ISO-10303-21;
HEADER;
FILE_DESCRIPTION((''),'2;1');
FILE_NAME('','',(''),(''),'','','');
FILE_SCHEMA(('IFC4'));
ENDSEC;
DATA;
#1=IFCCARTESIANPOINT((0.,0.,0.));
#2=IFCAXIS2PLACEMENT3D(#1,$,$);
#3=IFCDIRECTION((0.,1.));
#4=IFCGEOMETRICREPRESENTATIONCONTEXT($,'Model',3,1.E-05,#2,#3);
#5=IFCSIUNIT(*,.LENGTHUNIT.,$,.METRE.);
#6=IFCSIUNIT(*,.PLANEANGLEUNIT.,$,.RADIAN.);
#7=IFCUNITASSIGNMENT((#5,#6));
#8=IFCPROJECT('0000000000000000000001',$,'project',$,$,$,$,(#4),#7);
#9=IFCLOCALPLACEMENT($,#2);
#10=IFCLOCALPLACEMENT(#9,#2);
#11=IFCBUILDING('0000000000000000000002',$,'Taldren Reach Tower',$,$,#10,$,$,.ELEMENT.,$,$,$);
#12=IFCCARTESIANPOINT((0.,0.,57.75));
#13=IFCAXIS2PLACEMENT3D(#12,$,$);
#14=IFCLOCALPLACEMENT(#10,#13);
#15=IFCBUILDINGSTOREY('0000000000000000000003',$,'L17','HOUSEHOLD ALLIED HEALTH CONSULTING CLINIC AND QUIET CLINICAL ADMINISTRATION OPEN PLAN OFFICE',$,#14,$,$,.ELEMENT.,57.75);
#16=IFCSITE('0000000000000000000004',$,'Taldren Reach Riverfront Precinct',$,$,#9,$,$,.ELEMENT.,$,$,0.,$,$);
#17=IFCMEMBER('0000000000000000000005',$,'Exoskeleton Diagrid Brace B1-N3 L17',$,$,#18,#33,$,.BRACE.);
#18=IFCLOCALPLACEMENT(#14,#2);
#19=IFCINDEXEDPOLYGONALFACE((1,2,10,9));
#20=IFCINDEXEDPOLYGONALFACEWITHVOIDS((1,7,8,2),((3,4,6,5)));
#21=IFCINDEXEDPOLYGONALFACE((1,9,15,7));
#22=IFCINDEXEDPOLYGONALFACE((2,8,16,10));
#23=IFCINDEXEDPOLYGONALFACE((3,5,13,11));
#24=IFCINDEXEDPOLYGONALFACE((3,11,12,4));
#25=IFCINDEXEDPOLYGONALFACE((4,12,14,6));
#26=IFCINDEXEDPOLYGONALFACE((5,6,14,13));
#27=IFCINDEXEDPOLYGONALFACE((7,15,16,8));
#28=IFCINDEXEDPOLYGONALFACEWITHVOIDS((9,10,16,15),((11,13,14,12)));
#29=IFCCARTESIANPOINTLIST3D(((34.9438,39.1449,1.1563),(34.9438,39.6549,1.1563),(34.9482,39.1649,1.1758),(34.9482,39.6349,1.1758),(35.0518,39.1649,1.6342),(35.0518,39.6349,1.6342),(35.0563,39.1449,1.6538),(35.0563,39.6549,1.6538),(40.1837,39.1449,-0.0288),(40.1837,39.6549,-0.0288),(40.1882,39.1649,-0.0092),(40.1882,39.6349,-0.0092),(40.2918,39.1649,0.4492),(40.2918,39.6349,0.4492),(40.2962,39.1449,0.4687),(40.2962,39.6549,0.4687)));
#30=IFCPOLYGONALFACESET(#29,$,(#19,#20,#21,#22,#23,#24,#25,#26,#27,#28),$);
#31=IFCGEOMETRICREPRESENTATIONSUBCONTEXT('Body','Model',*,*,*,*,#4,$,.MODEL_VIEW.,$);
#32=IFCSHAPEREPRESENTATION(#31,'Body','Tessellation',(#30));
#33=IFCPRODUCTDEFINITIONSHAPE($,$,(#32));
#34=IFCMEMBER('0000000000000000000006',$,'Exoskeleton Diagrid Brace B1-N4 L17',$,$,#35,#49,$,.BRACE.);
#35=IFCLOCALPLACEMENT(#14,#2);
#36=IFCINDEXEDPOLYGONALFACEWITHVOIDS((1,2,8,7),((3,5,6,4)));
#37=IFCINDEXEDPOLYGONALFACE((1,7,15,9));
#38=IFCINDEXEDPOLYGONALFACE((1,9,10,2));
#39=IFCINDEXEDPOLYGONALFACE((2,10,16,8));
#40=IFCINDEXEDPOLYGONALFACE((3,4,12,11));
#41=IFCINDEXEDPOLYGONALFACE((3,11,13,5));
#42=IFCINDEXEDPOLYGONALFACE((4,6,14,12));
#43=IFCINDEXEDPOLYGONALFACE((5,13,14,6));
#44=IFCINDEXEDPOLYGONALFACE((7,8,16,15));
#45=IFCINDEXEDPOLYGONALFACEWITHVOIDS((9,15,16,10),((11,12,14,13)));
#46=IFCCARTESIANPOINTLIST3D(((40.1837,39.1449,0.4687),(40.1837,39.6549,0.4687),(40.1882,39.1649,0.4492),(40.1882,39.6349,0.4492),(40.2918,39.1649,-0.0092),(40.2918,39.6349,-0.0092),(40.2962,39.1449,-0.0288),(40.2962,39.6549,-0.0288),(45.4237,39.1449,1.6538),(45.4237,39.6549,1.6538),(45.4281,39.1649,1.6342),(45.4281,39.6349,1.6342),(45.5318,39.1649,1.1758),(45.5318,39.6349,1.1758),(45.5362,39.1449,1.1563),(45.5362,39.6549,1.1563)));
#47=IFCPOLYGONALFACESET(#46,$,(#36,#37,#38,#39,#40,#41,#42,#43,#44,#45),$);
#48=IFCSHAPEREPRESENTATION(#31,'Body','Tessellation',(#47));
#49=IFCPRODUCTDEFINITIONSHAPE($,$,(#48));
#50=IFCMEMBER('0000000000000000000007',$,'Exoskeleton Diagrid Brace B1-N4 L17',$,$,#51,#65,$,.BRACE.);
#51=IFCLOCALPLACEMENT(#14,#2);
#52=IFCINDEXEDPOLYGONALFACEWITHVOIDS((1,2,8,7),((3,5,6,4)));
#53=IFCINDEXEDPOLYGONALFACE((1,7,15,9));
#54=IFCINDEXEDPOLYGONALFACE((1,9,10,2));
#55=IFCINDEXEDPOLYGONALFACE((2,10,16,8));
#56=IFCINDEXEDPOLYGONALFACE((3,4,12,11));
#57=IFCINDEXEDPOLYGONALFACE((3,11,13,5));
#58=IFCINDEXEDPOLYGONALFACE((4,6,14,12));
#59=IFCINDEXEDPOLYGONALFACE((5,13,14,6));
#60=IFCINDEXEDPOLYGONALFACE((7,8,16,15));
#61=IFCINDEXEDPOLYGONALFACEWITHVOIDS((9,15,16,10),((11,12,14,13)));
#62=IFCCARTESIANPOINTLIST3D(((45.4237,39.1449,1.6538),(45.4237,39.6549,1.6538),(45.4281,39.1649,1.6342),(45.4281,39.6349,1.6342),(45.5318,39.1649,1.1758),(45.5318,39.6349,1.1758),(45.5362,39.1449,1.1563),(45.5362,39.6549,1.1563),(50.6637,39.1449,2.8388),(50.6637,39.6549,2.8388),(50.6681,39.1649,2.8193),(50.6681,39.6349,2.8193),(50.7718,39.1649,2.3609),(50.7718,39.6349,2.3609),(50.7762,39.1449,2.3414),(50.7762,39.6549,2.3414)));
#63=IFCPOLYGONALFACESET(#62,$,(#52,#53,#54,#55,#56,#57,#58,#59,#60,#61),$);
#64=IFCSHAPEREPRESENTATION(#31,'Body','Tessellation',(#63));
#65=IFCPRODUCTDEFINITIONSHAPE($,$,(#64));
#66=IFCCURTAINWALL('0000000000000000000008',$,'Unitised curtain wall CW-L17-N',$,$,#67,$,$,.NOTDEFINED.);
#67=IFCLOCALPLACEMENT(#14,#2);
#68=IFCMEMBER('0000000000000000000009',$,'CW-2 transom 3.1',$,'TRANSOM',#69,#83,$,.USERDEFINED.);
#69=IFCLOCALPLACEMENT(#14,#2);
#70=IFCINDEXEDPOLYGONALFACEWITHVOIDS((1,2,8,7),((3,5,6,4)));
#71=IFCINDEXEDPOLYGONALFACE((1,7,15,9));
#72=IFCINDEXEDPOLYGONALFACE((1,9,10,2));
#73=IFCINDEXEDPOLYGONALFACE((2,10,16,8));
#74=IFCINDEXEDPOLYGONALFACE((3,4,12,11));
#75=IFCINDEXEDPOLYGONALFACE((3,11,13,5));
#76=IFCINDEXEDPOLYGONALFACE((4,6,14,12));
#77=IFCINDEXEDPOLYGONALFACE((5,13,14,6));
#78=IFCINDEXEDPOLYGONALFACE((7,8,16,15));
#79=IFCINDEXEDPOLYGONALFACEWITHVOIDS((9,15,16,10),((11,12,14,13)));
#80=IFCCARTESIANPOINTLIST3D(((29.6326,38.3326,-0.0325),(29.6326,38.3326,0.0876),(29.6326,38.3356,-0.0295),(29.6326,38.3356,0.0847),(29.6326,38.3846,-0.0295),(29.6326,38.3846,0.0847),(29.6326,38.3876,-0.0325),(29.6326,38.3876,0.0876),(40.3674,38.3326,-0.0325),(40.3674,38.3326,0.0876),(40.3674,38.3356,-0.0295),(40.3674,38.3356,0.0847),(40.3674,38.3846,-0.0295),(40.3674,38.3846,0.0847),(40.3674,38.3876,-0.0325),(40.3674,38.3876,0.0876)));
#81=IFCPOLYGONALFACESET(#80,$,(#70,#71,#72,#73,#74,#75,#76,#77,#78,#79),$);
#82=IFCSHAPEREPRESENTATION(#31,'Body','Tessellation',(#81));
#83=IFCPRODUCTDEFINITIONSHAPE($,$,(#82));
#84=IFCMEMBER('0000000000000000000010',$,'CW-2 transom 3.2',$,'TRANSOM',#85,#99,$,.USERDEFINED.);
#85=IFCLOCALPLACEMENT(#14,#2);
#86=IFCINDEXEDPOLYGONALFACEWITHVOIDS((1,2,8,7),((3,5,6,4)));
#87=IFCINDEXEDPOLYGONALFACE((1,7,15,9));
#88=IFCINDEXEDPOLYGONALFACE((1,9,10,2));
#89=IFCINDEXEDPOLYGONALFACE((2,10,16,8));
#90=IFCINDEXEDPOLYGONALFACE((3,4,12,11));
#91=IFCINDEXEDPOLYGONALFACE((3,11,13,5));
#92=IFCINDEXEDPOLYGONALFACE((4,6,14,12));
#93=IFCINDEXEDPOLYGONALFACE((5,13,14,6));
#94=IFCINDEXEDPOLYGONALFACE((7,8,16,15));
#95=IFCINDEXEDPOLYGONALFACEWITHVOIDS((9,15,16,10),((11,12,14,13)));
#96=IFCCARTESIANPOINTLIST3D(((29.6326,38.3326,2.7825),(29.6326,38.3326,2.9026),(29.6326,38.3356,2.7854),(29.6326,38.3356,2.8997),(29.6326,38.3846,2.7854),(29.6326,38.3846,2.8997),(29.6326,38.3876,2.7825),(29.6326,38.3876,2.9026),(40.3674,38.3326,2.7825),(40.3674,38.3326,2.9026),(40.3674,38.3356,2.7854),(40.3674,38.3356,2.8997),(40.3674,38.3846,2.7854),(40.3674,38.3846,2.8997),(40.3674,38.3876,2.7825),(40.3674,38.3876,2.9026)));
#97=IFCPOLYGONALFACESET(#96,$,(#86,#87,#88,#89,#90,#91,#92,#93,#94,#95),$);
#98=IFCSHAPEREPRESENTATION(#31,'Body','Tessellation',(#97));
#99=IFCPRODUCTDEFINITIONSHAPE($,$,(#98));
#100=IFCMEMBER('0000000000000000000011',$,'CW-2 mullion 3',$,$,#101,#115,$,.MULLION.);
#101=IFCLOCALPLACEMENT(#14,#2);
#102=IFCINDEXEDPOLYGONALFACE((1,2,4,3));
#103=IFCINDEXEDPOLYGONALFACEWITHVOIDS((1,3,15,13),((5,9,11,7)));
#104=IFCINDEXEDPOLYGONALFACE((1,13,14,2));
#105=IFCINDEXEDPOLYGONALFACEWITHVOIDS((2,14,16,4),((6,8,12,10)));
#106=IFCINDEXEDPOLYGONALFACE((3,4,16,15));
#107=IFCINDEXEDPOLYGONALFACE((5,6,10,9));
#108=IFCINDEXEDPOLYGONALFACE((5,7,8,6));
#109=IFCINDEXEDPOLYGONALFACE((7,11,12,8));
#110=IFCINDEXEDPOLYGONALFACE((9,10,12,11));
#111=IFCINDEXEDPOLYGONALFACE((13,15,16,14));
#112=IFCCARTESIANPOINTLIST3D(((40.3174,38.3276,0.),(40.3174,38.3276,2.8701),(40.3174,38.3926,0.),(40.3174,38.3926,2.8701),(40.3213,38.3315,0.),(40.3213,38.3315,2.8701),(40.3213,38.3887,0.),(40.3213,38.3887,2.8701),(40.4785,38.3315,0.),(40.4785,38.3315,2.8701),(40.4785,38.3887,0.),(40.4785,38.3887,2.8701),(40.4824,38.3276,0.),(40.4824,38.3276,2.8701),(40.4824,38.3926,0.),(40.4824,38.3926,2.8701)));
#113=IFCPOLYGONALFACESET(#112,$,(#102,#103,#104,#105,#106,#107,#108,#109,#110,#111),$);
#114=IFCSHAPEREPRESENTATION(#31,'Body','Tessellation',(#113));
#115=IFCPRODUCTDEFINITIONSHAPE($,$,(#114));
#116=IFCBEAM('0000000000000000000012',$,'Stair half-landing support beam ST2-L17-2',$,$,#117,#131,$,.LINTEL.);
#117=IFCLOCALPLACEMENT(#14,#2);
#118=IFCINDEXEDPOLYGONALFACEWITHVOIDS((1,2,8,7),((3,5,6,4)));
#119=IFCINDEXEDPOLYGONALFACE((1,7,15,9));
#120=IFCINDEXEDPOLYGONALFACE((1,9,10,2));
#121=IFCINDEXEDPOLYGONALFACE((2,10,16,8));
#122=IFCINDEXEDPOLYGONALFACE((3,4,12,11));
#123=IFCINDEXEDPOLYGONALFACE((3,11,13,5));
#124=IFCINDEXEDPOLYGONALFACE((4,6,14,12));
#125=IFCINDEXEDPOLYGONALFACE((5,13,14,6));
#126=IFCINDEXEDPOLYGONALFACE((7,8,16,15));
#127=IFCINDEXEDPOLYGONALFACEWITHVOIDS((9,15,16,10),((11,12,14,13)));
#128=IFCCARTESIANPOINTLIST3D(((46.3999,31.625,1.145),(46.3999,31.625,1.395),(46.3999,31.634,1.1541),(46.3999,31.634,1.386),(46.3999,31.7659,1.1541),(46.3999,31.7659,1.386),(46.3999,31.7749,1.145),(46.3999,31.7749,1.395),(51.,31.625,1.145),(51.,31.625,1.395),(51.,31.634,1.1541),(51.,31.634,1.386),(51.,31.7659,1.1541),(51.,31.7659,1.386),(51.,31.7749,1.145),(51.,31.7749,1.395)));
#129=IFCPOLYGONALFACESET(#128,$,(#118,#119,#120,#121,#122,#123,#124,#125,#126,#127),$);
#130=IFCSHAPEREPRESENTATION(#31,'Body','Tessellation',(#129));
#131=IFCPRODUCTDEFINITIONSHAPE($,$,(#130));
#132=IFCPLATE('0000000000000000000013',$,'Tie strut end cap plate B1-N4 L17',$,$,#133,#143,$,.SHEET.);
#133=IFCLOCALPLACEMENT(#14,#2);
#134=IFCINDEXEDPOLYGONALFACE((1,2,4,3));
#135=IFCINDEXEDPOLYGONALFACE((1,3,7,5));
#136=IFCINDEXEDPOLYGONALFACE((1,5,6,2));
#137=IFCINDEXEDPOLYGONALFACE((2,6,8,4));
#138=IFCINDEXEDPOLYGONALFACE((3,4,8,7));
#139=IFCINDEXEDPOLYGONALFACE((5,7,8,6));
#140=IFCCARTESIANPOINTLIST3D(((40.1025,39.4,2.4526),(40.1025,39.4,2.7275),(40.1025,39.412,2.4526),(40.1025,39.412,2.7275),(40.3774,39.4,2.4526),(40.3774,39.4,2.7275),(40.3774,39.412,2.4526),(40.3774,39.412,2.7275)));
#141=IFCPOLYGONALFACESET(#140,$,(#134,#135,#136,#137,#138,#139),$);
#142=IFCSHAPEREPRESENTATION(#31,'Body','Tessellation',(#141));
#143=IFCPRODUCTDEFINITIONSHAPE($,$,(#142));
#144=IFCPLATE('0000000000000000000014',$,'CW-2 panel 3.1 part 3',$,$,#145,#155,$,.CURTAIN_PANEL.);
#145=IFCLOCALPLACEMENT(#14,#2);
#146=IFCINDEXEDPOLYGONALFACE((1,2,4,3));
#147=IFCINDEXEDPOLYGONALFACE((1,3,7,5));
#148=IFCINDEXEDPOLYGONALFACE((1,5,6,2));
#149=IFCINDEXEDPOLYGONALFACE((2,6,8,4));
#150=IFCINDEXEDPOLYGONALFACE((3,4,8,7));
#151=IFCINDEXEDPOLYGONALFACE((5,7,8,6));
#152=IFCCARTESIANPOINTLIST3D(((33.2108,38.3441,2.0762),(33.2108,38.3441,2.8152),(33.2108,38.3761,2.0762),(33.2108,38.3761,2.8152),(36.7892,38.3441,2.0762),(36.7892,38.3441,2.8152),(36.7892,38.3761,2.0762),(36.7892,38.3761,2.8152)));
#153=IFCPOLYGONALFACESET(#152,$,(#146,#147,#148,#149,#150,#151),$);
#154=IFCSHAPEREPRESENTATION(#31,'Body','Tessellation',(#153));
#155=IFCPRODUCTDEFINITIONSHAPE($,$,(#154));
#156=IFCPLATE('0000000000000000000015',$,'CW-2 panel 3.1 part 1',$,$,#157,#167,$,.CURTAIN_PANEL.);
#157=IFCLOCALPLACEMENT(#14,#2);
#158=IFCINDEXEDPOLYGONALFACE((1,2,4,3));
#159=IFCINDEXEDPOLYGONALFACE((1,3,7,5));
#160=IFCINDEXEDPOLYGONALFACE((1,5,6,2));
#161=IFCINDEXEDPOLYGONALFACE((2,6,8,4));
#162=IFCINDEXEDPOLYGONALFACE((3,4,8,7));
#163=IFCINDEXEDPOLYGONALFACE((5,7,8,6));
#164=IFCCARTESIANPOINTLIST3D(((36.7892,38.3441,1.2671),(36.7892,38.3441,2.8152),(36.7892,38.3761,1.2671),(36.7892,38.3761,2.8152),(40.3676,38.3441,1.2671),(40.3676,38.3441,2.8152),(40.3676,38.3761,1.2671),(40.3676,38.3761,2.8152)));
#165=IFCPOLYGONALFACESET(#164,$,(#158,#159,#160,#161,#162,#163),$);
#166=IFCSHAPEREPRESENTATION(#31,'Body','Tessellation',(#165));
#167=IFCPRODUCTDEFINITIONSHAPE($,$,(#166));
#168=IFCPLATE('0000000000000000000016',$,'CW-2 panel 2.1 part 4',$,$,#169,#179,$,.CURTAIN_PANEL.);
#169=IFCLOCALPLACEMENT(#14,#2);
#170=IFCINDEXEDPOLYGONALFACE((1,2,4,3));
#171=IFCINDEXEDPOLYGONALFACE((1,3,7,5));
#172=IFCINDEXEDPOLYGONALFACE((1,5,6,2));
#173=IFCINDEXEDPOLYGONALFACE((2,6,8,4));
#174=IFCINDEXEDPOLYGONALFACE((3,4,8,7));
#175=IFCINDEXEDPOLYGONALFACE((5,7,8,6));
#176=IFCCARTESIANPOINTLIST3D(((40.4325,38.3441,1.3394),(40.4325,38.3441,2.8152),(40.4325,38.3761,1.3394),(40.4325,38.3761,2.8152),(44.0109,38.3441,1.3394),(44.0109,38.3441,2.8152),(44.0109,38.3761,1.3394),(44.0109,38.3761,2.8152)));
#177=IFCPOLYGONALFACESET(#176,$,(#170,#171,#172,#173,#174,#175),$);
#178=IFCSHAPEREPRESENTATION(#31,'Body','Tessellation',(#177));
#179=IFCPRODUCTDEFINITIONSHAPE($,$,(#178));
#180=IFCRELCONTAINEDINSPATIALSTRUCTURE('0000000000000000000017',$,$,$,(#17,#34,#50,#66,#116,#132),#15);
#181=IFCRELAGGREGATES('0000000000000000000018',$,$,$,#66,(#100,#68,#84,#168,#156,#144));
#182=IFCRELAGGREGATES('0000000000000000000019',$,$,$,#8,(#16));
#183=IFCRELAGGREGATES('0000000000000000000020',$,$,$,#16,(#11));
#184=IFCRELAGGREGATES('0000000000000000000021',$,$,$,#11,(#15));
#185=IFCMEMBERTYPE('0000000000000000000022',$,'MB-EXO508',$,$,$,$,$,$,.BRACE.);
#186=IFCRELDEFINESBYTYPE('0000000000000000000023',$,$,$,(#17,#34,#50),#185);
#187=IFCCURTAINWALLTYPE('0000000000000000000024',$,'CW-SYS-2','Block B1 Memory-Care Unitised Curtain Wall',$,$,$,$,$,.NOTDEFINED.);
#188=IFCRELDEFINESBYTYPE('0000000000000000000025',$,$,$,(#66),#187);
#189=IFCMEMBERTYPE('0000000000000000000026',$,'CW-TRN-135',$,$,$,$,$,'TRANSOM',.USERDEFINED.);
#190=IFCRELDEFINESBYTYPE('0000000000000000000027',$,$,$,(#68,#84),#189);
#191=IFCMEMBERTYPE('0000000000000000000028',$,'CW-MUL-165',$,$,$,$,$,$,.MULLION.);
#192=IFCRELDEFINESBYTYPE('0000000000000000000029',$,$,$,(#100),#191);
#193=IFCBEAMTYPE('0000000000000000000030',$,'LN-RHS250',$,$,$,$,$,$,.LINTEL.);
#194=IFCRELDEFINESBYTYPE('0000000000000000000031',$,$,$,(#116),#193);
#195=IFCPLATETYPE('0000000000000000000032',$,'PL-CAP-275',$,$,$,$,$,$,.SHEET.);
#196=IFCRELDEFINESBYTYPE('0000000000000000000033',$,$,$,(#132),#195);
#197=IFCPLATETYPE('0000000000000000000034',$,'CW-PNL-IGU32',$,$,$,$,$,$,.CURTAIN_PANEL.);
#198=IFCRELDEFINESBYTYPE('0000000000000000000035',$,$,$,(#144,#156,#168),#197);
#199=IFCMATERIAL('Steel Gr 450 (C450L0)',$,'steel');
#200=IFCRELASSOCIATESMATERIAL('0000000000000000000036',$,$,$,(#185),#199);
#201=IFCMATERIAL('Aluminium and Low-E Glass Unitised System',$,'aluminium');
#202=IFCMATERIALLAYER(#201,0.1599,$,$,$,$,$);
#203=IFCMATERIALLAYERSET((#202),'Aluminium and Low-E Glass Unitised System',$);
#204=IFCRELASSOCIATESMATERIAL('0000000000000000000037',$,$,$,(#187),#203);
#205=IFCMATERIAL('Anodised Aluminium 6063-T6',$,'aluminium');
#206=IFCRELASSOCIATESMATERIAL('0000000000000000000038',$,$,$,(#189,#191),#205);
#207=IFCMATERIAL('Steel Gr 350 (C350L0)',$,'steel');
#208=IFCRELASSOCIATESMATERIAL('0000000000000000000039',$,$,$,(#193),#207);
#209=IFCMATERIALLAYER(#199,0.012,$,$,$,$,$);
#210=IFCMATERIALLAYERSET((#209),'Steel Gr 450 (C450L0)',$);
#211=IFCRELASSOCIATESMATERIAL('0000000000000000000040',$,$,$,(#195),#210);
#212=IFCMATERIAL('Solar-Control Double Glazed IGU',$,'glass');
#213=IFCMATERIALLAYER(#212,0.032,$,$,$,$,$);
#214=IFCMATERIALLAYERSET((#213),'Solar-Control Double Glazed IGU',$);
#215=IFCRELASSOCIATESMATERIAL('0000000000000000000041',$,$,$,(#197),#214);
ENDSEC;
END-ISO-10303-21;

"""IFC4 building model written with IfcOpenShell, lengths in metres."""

from ifc_helpers import new_model, si_unit, direction, frame, origin, origin_2d, place, context, subcontext, project, spatial, rectangle, hollow_rectangle, extrude, source, transform, mapped, material, layer, layer_set, material_profile, profile_set, type_object, element, aggregate, save


model = new_model("IFC4")

# Units and contexts
model_context = context("Model", 3, precision=1e-05, world=origin(), true_north=direction((0.0, 1.0)))
body_context = subcontext(model_context, "Body", "Model", "MODEL_VIEW")
ifc_project = project(units=[si_unit("LENGTHUNIT", "METRE"), si_unit("PLANEANGLEUNIT", "RADIAN")], contexts=[model_context])

# Site, building, storey
site_placement = place(None, origin())
site = spatial("IfcSite", under=ifc_project, at=site_placement, Name="Taldren Reach Riverfront Precinct", CompositionType="ELEMENT", RefElevation=0.0)
building_placement = place(site_placement, origin())
building = spatial("IfcBuilding", under=site, at=building_placement, Name="Taldren Reach Tower", CompositionType="ELEMENT")
storey_placement = place(building_placement, frame((0.0, 0.0, 57.75)))
storey = spatial("IfcBuildingStorey", under=building, at=storey_placement, Name="L17", Description="HOUSEHOLD ALLIED HEALTH CONSULTING CLINIC AND QUIET CLINICAL ADMINISTRATION OPEN PLAN OFFICE", CompositionType="ELEMENT", Elevation=57.75)

# Members
ifc_material_1 = material(Name="Steel Gr 450 (C450L0)", Category="steel")
ifc_material_2 = material(Name="Steel Gr 350 (C350L0)", Category="steel")
ifc_material_profile_1 = material_profile(ifc_material_1, hollow_rectangle(XDim=0.51, YDim=0.51, WallThickness=0.02, at=origin_2d()), Name="510x510x20.0SHS")
ifc_profile_set_1 = profile_set([ifc_material_profile_1], Name="Steel Gr 450 (C450L0)")
member_type_1 = type_object("IfcMemberType", Name="MB-EXO508", PredefinedType="BRACE", material=ifc_profile_set_1)
shared_shape_1 = source(origin(), body_context, "Body", "SweptSolid", [
    extrude(hollow_rectangle(XDim=0.51, YDim=0.51, WallThickness=0.02, at=origin_2d()), origin(), (0.0, 0.0, 1.0), 5.3723),
])
for number, where, z_axis, x_axis, name in (
    (1, (40.24, 39.3999, 0.22), (-0.975368, 0.0, 0.220586), (0.0, -1.0, 0.0), "Exoskeleton Diagrid Brace B1-N3 L17"),
    (2, (40.24, 39.3999, 0.22), (0.975368, 0.0, 0.220586), (0.0, 1.0, 0.0), "Exoskeleton Diagrid Brace B1-N4 L17"),
    (3, (45.48, 39.3999, 1.405), (0.975368, 0.0, 0.220586), (0.0, 1.0, 0.0), "Exoskeleton Diagrid Brace B1-N4 L17"),
):
    element("IfcMember", number, at=place(storey_placement, frame(where, z_axis=z_axis, x_axis=x_axis)), inside=storey, type_object=member_type_1, Name=name, PredefinedType="BRACE", context=body_context, shape_type="MappedRepresentation", body=[
        mapped(shared_shape_1, transform((0.0, 0.0, 0.0), scale=1.0)),
    ])

# Curtain wall, members
ifc_material_3 = material(Name="Aluminium and Low-E Glass Unitised System", Category="aluminium")
ifc_layer_1 = layer(ifc_material_3, 0.1599)
ifc_layer_set_1 = layer_set([ifc_layer_1], Name="Aluminium and Low-E Glass Unitised System")
curtain_wall_type = type_object("IfcCurtainWallType", Name="CW-SYS-2", Description="Block B1 Memory-Care Unitised Curtain Wall", PredefinedType="NOTDEFINED", material=ifc_layer_set_1)
curtain_wall_placement = place(storey_placement, origin())
curtain_wall = element("IfcCurtainWall", 4, at=curtain_wall_placement, inside=storey, type_object=curtain_wall_type, Name="Unitised curtain wall CW-L17-N", PredefinedType="NOTDEFINED")
ifc_material_4 = material(Name="Anodised Aluminium 6063-T6", Category="aluminium")
ifc_material_profile_2 = material_profile(ifc_material_4, hollow_rectangle(XDim=0.0549, YDim=0.1201, WallThickness=0.0029, at=origin_2d()), Name="ALU-120x55x3RHS")
ifc_profile_set_2 = profile_set([ifc_material_profile_2], Name="Anodised Aluminium 6063-T6")
member_type_2 = type_object("IfcMemberType", Name="CW-TRN-135", ElementType="TRANSOM", PredefinedType="USERDEFINED", material=ifc_profile_set_2)
shared_shape_2 = source(origin(), body_context, "Body", "SweptSolid", [
    extrude(hollow_rectangle(XDim=0.0549, YDim=0.1201, WallThickness=0.0029, at=origin_2d()), origin(), (0.0, 0.0, 1.0), 10.7349),
])
member_1_placement = place(storey_placement, frame((40.3674, 38.3601, 0.0276), z_axis=(-1.0, 0.0, 0.0), x_axis=(0.0, -1.0, 0.0)))
member_1 = element("IfcMember", 5, at=member_1_placement, type_object=member_type_2, Name="CW-2 transom 3.1", ObjectType="TRANSOM", PredefinedType="USERDEFINED", context=body_context, shape_type="MappedRepresentation", body=[
    mapped(shared_shape_2, transform((0.0, 0.0, 0.0), scale=1.0)),
])
member_2_placement = place(storey_placement, frame((40.3674, 38.3601, 2.8425), z_axis=(-1.0, 0.0, 0.0), x_axis=(0.0, -1.0, 0.0)))
member_2 = element("IfcMember", 6, at=member_2_placement, type_object=member_type_2, Name="CW-2 transom 3.2", ObjectType="TRANSOM", PredefinedType="USERDEFINED", context=body_context, shape_type="MappedRepresentation", body=[
    mapped(shared_shape_2, transform((0.0, 0.0, 0.0), scale=1.0)),
])
ifc_material_profile_3 = material_profile(ifc_material_4, hollow_rectangle(XDim=0.0649, YDim=0.165, WallThickness=0.0039, at=origin_2d()), Name="ALU-165x65x4RHS")
ifc_profile_set_3 = profile_set([ifc_material_profile_3], Name="Anodised Aluminium 6063-T6")
member_type_3 = type_object("IfcMemberType", Name="CW-MUL-165", PredefinedType="MULLION", material=ifc_profile_set_3)
shared_shape_3 = source(origin(), body_context, "Body", "SweptSolid", [
    extrude(hollow_rectangle(XDim=0.0649, YDim=0.165, WallThickness=0.0039, at=origin_2d()), origin(), (0.0, 0.0, 1.0), 2.8701),
])
member_3_placement = place(storey_placement, frame((40.3999, 38.3601, 0.0), z_axis=(0.0, 0.0, 1.0), x_axis=(0.0, -1.0, 0.0)))
member_3 = element("IfcMember", 7, at=member_3_placement, type_object=member_type_3, Name="CW-2 mullion 3", PredefinedType="MULLION", context=body_context, shape_type="MappedRepresentation", body=[
    mapped(shared_shape_3, transform((0.0, 0.0, 0.0), scale=1.0)),
])

# Beam
ifc_material_profile_4 = material_profile(ifc_material_2, hollow_rectangle(XDim=0.1499, YDim=0.25, WallThickness=0.009, at=origin_2d()), Name="250x150x9.0RHS")
ifc_profile_set_4 = profile_set([ifc_material_profile_4], Name="Steel Gr 350 (C350L0)")
beam_type_1 = type_object("IfcBeamType", Name="LN-RHS250", PredefinedType="LINTEL", material=ifc_profile_set_4)
shared_shape_4 = source(origin(), body_context, "Body", "SweptSolid", [
    extrude(hollow_rectangle(XDim=0.1499, YDim=0.25, WallThickness=0.009, at=origin_2d()), origin(), (0.0, 0.0, 1.0), 4.6001),
])
beam_1_placement = place(storey_placement, frame((46.3999, 31.7, 1.27), z_axis=(1.0, 0.0, 0.0), x_axis=(0.0, 1.0, 0.0)))
element("IfcBeam", 8, at=beam_1_placement, inside=storey, type_object=beam_type_1, Name="Stair half-landing support beam ST2-L17-2", PredefinedType="LINTEL", context=body_context, shape_type="MappedRepresentation", body=[
    mapped(shared_shape_4, transform((0.0, 0.0, 0.0), scale=1.0)),
])

# Plates
ifc_layer_2 = layer(ifc_material_1, 0.012)
ifc_layer_set_2 = layer_set([ifc_layer_2], Name="Steel Gr 450 (C450L0)")
plate_type_1 = type_object("IfcPlateType", Name="PL-CAP-275", PredefinedType="SHEET", material=ifc_layer_set_2)
shared_shape_5 = source(origin(), body_context, "Body", "SweptSolid", [
    extrude(rectangle(XDim=0.2749, YDim=0.012, at=origin_2d()), origin(), (0.0, 0.0, 1.0), 0.2749),
])
plate_1_placement = place(storey_placement, frame((40.24, 39.406, 2.4526), z_axis=(0.0, 0.0, 1.0), x_axis=(1.0, 0.0, 0.0)))
element("IfcPlate", 9, at=plate_1_placement, inside=storey, type_object=plate_type_1, Name="Tie strut end cap plate B1-N4 L17", PredefinedType="SHEET", context=body_context, shape_type="MappedRepresentation", body=[
    mapped(shared_shape_5, transform((0.0, 0.0, 0.0), scale=1.0)),
])
ifc_material_5 = material(Name="Solar-Control Double Glazed IGU", Category="glass")
ifc_layer_3 = layer(ifc_material_5, 0.032)
ifc_layer_set_3 = layer_set([ifc_layer_3], Name="Solar-Control Double Glazed IGU")
plate_type_2 = type_object("IfcPlateType", Name="CW-PNL-IGU32", PredefinedType="CURTAIN_PANEL", material=ifc_layer_set_3)
shared_shape_6 = source(origin(), body_context, "Body", "SweptSolid", [
    extrude(rectangle(XDim=3.5784, YDim=0.032, at=origin_2d()), origin(), (0.0, 0.0, 1.0), 0.739),
])
plate_2_placement = place(storey_placement, frame((35.0, 38.3601, 2.0762), z_axis=(0.0, 0.0, 1.0), x_axis=(-1.0, 0.0, 0.0)))
plate_2 = element("IfcPlate", 10, at=plate_2_placement, type_object=plate_type_2, Name="CW-2 panel 3.1 part 3", PredefinedType="CURTAIN_PANEL", context=body_context, shape_type="MappedRepresentation", body=[
    mapped(shared_shape_6, transform((0.0, 0.0, 0.0), scale=1.0)),
])
shared_shape_7 = source(origin(), body_context, "Body", "SweptSolid", [
    extrude(rectangle(XDim=3.5784, YDim=0.032, at=origin_2d()), origin(), (0.0, 0.0, 1.0), 1.5481),
])
plate_3_placement = place(storey_placement, frame((38.5784, 38.3601, 1.2671), z_axis=(0.0, 0.0, 1.0), x_axis=(-1.0, 0.0, 0.0)))
plate_3 = element("IfcPlate", 11, at=plate_3_placement, type_object=plate_type_2, Name="CW-2 panel 3.1 part 1", PredefinedType="CURTAIN_PANEL", context=body_context, shape_type="MappedRepresentation", body=[
    mapped(shared_shape_7, transform((0.0, 0.0, 0.0), scale=1.0)),
])
shared_shape_8 = source(origin(), body_context, "Body", "SweptSolid", [
    extrude(rectangle(XDim=3.5784, YDim=0.032, at=origin_2d()), origin(), (0.0, 0.0, 1.0), 1.4758),
])
plate_4_placement = place(storey_placement, frame((42.2217, 38.3601, 1.3394), z_axis=(0.0, 0.0, 1.0), x_axis=(-1.0, 0.0, 0.0)))
plate_4 = element("IfcPlate", 12, at=plate_4_placement, type_object=plate_type_2, Name="CW-2 panel 2.1 part 4", PredefinedType="CURTAIN_PANEL", context=body_context, shape_type="MappedRepresentation", body=[
    mapped(shared_shape_8, transform((0.0, 0.0, 0.0), scale=1.0)),
])
aggregate(curtain_wall, [member_3, member_1, member_2, plate_4, plate_3, plate_2])

save(model, "model.ifc")
